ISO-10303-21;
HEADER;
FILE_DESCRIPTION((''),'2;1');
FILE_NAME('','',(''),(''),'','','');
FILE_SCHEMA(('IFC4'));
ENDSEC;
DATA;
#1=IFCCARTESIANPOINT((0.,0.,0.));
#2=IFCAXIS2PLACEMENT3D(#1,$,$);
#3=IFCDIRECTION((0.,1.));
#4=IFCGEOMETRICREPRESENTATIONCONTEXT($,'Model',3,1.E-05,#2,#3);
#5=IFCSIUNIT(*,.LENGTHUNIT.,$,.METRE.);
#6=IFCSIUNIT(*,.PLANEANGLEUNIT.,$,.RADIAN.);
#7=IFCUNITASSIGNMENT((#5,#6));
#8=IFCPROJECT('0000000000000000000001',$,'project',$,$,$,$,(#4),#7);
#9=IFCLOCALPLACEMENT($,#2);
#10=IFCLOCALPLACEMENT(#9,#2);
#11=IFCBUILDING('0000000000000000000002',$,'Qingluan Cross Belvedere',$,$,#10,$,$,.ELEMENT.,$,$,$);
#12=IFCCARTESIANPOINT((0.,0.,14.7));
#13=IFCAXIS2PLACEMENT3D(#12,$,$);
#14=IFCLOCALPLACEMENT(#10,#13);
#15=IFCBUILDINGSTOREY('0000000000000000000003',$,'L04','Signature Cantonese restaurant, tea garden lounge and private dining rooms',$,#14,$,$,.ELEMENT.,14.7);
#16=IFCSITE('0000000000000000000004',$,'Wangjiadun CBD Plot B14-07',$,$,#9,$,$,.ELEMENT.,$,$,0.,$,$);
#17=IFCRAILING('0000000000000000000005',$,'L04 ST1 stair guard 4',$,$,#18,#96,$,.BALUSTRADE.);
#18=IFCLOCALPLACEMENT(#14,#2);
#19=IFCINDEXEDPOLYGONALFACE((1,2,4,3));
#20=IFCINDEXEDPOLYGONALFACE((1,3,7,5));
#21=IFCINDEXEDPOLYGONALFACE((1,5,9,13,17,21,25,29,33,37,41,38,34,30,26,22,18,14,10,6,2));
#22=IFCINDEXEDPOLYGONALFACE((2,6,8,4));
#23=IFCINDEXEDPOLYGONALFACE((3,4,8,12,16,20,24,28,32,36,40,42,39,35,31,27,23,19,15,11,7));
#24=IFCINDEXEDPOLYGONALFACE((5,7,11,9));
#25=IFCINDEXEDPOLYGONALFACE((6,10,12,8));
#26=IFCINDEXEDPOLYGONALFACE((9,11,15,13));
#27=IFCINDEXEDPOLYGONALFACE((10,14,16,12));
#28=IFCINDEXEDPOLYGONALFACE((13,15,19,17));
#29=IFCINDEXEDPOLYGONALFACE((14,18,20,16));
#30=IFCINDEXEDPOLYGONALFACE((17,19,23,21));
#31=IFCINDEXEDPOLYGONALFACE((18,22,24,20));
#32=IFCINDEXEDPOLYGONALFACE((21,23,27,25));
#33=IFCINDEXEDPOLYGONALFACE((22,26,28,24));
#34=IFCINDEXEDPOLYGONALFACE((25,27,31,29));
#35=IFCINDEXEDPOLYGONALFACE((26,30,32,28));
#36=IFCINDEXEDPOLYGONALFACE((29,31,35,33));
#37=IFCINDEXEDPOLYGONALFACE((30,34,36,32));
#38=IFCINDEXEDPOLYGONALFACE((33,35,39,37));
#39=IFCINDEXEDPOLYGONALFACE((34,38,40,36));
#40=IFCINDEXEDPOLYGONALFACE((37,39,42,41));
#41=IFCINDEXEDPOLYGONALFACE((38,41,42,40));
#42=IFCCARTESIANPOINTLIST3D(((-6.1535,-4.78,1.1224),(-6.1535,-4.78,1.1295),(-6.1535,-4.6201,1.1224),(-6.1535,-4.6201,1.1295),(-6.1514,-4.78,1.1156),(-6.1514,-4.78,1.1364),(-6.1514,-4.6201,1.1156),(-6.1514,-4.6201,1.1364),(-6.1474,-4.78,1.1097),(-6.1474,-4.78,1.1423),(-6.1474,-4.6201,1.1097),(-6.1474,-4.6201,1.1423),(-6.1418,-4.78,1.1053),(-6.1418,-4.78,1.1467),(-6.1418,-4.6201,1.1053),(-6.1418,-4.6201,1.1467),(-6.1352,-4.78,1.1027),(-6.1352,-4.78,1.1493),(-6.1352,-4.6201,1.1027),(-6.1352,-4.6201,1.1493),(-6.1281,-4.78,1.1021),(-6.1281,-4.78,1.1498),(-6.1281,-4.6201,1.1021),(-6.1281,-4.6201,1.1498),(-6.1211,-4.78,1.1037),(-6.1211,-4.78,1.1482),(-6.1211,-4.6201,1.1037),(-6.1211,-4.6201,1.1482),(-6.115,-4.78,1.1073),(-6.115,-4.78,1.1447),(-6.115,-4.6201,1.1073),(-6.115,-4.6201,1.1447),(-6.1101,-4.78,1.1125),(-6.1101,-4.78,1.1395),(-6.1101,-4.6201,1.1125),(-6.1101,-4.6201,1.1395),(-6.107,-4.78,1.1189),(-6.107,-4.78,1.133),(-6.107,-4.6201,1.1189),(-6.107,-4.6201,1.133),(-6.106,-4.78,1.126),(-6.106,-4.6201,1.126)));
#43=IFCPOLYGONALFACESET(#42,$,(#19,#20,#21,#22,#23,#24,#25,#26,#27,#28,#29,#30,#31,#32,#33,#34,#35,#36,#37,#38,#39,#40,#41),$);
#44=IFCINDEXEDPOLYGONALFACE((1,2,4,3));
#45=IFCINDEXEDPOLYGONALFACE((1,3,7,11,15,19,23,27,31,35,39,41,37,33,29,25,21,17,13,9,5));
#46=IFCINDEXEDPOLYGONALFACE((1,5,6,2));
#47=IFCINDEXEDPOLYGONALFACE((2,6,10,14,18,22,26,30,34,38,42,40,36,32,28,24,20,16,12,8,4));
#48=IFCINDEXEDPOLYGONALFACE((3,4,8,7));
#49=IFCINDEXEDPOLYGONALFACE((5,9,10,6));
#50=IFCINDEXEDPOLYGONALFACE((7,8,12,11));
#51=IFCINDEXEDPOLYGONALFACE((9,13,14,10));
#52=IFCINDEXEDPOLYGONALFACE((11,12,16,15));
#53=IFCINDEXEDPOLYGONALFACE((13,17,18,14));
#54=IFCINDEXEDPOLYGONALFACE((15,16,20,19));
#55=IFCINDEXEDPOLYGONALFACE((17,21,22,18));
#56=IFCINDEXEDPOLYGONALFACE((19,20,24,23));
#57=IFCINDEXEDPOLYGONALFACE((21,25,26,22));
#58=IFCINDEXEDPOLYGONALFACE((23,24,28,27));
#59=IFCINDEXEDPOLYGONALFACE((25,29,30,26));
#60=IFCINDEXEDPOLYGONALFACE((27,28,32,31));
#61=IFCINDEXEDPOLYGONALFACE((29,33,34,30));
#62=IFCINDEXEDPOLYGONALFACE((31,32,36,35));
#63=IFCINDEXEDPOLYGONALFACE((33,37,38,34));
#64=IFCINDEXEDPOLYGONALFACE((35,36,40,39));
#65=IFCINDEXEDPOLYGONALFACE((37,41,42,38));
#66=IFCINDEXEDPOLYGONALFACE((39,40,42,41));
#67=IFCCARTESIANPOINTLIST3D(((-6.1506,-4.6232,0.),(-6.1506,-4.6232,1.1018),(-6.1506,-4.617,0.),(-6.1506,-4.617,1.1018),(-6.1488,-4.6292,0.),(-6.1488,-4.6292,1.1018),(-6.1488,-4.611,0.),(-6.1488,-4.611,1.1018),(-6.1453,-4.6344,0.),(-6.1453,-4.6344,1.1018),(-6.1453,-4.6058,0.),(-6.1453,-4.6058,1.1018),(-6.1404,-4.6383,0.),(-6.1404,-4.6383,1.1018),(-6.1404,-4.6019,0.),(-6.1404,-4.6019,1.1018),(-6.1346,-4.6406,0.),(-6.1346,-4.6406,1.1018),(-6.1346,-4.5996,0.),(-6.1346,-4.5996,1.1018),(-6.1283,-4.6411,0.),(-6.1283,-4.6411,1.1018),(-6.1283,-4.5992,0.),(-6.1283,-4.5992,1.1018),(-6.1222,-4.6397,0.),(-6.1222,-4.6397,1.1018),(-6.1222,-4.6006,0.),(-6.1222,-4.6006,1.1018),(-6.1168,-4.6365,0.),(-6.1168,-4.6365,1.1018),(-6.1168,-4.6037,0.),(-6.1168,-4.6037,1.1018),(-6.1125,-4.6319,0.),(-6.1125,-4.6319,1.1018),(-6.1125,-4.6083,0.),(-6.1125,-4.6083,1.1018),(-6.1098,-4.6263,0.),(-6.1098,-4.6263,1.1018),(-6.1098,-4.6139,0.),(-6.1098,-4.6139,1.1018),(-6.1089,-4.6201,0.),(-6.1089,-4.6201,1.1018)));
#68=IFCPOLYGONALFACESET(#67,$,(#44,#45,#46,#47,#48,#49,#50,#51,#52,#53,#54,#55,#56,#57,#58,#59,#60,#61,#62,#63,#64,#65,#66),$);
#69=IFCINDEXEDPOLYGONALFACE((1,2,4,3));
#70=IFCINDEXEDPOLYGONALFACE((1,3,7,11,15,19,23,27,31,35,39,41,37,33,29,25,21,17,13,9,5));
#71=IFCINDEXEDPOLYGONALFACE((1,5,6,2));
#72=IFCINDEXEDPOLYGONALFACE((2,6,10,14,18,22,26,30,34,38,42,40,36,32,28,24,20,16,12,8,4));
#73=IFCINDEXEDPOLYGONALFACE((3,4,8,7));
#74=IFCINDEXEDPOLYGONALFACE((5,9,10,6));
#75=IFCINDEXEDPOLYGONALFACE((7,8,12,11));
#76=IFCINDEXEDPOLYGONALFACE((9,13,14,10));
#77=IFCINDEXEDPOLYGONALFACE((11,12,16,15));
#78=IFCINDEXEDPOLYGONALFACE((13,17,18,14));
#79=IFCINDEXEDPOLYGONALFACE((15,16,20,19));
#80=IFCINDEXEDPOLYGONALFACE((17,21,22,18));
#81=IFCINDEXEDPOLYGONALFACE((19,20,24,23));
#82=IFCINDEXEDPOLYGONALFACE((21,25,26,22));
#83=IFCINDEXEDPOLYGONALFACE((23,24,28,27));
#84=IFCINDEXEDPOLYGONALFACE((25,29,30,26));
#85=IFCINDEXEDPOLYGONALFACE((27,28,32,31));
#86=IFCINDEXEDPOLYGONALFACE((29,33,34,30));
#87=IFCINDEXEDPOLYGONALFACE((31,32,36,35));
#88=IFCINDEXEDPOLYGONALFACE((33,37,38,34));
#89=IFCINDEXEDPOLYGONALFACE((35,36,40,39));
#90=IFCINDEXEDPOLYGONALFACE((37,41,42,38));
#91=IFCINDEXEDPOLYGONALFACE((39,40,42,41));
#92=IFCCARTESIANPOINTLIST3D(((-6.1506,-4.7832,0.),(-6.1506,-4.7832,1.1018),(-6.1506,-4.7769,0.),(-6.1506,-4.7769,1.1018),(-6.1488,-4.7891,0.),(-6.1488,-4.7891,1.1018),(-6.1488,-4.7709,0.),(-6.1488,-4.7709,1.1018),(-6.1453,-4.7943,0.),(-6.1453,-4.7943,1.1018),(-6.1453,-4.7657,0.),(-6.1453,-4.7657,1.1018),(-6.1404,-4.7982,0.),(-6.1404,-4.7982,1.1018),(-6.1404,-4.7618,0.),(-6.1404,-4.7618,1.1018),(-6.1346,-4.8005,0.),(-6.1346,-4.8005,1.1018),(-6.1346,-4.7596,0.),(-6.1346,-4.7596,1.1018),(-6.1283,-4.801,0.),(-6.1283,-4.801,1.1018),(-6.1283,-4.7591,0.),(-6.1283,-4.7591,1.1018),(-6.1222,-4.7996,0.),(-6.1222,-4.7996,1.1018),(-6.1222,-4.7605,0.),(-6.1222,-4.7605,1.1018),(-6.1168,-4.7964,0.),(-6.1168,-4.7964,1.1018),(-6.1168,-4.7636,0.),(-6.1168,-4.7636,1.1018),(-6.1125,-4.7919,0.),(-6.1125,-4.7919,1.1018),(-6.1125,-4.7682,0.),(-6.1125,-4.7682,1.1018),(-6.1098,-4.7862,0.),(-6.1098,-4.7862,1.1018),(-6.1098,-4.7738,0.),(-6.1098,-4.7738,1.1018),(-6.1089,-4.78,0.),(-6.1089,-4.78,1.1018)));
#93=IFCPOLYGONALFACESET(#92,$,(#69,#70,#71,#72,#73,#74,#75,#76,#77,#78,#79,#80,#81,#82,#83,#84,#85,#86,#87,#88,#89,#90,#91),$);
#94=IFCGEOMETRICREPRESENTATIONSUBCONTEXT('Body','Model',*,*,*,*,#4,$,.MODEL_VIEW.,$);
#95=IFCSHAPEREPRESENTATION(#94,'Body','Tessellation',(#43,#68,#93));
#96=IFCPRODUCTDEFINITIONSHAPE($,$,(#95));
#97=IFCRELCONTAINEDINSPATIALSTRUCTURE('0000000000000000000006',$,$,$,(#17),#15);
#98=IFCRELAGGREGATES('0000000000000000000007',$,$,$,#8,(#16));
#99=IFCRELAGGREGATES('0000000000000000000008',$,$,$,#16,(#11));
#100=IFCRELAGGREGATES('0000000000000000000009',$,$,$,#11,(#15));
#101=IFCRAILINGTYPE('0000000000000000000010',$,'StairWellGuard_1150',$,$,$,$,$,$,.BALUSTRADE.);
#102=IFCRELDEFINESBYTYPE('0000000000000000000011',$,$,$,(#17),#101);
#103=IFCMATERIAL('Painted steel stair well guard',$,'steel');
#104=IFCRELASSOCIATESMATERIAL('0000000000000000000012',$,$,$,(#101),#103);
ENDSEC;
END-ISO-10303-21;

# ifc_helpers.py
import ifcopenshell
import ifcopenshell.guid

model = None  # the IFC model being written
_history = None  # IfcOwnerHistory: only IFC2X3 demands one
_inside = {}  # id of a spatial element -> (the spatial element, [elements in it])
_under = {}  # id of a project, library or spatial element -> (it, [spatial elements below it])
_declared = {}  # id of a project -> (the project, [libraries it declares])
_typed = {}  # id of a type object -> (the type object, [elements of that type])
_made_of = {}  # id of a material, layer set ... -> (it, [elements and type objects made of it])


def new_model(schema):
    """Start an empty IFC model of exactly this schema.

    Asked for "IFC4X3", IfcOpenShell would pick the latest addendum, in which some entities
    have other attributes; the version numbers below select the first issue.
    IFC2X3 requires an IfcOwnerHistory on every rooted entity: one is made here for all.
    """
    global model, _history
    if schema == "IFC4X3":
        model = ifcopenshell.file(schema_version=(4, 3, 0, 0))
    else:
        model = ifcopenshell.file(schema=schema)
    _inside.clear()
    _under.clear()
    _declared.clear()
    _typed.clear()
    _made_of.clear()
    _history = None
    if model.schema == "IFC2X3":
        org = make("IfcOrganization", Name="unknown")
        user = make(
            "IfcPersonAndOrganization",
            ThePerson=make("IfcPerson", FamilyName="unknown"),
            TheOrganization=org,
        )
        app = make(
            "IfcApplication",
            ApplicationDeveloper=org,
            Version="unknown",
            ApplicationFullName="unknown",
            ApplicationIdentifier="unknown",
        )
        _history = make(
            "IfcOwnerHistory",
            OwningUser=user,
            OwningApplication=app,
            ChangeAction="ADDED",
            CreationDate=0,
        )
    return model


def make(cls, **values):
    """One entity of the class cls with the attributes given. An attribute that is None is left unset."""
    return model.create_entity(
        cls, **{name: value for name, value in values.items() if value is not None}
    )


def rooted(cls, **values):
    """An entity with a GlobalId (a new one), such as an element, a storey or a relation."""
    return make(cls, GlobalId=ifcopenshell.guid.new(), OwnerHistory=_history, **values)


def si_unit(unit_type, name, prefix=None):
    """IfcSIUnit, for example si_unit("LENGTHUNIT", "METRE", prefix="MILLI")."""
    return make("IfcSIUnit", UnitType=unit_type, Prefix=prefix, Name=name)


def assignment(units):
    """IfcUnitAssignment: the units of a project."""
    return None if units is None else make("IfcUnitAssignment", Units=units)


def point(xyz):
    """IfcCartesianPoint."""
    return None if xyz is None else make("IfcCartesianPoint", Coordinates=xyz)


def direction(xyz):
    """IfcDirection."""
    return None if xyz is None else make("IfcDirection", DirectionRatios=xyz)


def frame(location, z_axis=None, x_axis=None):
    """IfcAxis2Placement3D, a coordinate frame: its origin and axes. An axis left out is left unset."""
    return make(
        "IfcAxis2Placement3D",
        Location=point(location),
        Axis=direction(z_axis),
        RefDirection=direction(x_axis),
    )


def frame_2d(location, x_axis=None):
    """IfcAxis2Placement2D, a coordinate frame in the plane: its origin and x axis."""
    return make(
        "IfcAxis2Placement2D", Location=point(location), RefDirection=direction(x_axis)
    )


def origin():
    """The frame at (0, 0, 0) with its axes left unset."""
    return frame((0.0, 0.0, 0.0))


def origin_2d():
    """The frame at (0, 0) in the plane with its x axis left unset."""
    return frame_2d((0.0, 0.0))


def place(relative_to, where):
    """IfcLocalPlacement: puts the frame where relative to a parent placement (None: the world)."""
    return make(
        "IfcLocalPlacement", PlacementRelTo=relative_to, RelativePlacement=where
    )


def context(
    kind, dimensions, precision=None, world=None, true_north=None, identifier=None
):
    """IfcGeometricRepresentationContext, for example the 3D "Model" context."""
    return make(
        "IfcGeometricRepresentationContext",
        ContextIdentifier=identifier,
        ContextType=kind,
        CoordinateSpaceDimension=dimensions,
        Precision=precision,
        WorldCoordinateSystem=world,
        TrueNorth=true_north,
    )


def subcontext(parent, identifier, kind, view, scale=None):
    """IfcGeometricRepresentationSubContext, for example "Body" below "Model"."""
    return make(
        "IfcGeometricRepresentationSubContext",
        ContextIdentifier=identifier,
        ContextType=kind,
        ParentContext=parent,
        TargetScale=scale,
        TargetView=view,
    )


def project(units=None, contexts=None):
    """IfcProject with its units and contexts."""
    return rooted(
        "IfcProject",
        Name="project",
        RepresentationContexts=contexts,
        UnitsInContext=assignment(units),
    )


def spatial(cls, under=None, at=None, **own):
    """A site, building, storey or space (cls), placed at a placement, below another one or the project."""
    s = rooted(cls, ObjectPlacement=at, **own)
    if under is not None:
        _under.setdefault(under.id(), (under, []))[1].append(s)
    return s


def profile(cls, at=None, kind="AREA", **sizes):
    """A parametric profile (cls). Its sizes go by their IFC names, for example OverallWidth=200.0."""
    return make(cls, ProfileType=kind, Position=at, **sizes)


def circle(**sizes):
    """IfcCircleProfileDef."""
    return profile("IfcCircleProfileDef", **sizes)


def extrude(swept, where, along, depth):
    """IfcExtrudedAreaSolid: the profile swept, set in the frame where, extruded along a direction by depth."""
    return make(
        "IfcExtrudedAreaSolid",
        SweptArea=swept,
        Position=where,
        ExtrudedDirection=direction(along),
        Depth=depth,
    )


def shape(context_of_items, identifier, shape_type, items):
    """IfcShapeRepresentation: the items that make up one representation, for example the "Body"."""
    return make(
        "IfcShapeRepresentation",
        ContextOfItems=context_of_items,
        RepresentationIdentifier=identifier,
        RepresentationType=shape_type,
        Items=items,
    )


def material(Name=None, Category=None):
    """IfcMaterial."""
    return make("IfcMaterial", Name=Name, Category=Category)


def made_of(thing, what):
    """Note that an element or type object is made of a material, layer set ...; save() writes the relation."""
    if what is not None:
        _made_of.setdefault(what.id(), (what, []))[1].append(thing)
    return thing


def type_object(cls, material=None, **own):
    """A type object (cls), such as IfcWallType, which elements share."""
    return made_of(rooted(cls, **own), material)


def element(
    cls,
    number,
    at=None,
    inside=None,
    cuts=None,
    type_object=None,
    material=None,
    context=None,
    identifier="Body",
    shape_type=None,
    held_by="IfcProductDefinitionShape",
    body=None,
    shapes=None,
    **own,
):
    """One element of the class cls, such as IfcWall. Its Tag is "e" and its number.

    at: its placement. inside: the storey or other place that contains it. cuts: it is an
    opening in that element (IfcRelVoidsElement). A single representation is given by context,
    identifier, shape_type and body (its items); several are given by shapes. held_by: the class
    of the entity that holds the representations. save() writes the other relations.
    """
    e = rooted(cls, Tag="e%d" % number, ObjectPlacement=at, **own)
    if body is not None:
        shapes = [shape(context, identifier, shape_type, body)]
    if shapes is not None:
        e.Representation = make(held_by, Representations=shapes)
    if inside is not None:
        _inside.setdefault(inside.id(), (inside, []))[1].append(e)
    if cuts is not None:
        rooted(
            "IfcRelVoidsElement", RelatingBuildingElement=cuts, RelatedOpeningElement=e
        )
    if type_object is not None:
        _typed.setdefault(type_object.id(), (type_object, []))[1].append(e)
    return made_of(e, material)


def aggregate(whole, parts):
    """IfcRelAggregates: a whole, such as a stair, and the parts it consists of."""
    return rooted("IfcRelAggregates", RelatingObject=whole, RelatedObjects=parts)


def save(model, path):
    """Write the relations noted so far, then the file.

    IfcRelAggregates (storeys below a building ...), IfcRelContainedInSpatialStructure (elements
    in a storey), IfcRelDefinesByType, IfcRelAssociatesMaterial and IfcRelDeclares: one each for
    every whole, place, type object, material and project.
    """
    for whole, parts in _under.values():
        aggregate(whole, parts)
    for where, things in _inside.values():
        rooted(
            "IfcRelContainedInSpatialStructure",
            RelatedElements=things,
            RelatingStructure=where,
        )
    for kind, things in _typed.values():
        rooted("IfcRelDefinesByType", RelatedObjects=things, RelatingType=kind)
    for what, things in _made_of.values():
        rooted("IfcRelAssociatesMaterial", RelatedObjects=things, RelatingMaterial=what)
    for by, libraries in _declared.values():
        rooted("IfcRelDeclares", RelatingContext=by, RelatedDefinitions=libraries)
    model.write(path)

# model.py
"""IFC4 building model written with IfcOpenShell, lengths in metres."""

from ifc_helpers import new_model, si_unit, direction, frame, origin, origin_2d, place, context, subcontext, project, spatial, circle, extrude, material, type_object, element, save


model = new_model("IFC4")

# Units and contexts
model_context = context("Model", 3, precision=1e-05, world=origin(), true_north=direction((0.0, 1.0)))
body_context = subcontext(model_context, "Body", "Model", "MODEL_VIEW")
ifc_project = project(units=[si_unit("LENGTHUNIT", "METRE"), si_unit("PLANEANGLEUNIT", "RADIAN")], contexts=[model_context])

# Site, building, storey
site_placement = place(None, origin())
site = spatial("IfcSite", under=ifc_project, at=site_placement, Name="Wangjiadun CBD Plot B14-07", CompositionType="ELEMENT", RefElevation=0.0)
building_placement = place(site_placement, origin())
building = spatial("IfcBuilding", under=site, at=building_placement, Name="Qingluan Cross Belvedere", CompositionType="ELEMENT")
storey_placement = place(building_placement, frame((0.0, 0.0, 14.7)))
storey = spatial("IfcBuildingStorey", under=building, at=storey_placement, Name="L04", Description="Signature Cantonese restaurant, tea garden lounge and private dining rooms", CompositionType="ELEMENT", Elevation=14.7)

# Railing
ifc_material_1 = material(Name="Painted steel stair well guard", Category="steel")
railing_type_1 = type_object("IfcRailingType", Name="StairWellGuard_1150", PredefinedType="BALUSTRADE", material=ifc_material_1)
railing_1_placement = place(storey_placement, frame((-6.1299, -4.6201, 0.0)))
element("IfcRailing", 1, at=railing_1_placement, inside=storey, type_object=railing_type_1, Name="L04 ST1 stair guard 4", PredefinedType="BALUSTRADE", context=body_context, shape_type="SweptSolid", body=[
    extrude(circle(Radius=0.0239, at=origin_2d()), frame((0.0, 0.0, 1.126), z_axis=(0.0, -1.0, 0.0), x_axis=(1.0, 0.0, 0.0)), (0.0, 0.0, 1.0), 0.1599),
    extrude(circle(Radius=0.021, at=origin_2d()), origin(), (0.0, 0.0, 1.0), 1.1018),
    extrude(circle(Radius=0.021, at=origin_2d()), frame((0.0, -0.1599, 0.0)), (0.0, 0.0, 1.0), 1.1018),
])

save(model, "model.ifc")
